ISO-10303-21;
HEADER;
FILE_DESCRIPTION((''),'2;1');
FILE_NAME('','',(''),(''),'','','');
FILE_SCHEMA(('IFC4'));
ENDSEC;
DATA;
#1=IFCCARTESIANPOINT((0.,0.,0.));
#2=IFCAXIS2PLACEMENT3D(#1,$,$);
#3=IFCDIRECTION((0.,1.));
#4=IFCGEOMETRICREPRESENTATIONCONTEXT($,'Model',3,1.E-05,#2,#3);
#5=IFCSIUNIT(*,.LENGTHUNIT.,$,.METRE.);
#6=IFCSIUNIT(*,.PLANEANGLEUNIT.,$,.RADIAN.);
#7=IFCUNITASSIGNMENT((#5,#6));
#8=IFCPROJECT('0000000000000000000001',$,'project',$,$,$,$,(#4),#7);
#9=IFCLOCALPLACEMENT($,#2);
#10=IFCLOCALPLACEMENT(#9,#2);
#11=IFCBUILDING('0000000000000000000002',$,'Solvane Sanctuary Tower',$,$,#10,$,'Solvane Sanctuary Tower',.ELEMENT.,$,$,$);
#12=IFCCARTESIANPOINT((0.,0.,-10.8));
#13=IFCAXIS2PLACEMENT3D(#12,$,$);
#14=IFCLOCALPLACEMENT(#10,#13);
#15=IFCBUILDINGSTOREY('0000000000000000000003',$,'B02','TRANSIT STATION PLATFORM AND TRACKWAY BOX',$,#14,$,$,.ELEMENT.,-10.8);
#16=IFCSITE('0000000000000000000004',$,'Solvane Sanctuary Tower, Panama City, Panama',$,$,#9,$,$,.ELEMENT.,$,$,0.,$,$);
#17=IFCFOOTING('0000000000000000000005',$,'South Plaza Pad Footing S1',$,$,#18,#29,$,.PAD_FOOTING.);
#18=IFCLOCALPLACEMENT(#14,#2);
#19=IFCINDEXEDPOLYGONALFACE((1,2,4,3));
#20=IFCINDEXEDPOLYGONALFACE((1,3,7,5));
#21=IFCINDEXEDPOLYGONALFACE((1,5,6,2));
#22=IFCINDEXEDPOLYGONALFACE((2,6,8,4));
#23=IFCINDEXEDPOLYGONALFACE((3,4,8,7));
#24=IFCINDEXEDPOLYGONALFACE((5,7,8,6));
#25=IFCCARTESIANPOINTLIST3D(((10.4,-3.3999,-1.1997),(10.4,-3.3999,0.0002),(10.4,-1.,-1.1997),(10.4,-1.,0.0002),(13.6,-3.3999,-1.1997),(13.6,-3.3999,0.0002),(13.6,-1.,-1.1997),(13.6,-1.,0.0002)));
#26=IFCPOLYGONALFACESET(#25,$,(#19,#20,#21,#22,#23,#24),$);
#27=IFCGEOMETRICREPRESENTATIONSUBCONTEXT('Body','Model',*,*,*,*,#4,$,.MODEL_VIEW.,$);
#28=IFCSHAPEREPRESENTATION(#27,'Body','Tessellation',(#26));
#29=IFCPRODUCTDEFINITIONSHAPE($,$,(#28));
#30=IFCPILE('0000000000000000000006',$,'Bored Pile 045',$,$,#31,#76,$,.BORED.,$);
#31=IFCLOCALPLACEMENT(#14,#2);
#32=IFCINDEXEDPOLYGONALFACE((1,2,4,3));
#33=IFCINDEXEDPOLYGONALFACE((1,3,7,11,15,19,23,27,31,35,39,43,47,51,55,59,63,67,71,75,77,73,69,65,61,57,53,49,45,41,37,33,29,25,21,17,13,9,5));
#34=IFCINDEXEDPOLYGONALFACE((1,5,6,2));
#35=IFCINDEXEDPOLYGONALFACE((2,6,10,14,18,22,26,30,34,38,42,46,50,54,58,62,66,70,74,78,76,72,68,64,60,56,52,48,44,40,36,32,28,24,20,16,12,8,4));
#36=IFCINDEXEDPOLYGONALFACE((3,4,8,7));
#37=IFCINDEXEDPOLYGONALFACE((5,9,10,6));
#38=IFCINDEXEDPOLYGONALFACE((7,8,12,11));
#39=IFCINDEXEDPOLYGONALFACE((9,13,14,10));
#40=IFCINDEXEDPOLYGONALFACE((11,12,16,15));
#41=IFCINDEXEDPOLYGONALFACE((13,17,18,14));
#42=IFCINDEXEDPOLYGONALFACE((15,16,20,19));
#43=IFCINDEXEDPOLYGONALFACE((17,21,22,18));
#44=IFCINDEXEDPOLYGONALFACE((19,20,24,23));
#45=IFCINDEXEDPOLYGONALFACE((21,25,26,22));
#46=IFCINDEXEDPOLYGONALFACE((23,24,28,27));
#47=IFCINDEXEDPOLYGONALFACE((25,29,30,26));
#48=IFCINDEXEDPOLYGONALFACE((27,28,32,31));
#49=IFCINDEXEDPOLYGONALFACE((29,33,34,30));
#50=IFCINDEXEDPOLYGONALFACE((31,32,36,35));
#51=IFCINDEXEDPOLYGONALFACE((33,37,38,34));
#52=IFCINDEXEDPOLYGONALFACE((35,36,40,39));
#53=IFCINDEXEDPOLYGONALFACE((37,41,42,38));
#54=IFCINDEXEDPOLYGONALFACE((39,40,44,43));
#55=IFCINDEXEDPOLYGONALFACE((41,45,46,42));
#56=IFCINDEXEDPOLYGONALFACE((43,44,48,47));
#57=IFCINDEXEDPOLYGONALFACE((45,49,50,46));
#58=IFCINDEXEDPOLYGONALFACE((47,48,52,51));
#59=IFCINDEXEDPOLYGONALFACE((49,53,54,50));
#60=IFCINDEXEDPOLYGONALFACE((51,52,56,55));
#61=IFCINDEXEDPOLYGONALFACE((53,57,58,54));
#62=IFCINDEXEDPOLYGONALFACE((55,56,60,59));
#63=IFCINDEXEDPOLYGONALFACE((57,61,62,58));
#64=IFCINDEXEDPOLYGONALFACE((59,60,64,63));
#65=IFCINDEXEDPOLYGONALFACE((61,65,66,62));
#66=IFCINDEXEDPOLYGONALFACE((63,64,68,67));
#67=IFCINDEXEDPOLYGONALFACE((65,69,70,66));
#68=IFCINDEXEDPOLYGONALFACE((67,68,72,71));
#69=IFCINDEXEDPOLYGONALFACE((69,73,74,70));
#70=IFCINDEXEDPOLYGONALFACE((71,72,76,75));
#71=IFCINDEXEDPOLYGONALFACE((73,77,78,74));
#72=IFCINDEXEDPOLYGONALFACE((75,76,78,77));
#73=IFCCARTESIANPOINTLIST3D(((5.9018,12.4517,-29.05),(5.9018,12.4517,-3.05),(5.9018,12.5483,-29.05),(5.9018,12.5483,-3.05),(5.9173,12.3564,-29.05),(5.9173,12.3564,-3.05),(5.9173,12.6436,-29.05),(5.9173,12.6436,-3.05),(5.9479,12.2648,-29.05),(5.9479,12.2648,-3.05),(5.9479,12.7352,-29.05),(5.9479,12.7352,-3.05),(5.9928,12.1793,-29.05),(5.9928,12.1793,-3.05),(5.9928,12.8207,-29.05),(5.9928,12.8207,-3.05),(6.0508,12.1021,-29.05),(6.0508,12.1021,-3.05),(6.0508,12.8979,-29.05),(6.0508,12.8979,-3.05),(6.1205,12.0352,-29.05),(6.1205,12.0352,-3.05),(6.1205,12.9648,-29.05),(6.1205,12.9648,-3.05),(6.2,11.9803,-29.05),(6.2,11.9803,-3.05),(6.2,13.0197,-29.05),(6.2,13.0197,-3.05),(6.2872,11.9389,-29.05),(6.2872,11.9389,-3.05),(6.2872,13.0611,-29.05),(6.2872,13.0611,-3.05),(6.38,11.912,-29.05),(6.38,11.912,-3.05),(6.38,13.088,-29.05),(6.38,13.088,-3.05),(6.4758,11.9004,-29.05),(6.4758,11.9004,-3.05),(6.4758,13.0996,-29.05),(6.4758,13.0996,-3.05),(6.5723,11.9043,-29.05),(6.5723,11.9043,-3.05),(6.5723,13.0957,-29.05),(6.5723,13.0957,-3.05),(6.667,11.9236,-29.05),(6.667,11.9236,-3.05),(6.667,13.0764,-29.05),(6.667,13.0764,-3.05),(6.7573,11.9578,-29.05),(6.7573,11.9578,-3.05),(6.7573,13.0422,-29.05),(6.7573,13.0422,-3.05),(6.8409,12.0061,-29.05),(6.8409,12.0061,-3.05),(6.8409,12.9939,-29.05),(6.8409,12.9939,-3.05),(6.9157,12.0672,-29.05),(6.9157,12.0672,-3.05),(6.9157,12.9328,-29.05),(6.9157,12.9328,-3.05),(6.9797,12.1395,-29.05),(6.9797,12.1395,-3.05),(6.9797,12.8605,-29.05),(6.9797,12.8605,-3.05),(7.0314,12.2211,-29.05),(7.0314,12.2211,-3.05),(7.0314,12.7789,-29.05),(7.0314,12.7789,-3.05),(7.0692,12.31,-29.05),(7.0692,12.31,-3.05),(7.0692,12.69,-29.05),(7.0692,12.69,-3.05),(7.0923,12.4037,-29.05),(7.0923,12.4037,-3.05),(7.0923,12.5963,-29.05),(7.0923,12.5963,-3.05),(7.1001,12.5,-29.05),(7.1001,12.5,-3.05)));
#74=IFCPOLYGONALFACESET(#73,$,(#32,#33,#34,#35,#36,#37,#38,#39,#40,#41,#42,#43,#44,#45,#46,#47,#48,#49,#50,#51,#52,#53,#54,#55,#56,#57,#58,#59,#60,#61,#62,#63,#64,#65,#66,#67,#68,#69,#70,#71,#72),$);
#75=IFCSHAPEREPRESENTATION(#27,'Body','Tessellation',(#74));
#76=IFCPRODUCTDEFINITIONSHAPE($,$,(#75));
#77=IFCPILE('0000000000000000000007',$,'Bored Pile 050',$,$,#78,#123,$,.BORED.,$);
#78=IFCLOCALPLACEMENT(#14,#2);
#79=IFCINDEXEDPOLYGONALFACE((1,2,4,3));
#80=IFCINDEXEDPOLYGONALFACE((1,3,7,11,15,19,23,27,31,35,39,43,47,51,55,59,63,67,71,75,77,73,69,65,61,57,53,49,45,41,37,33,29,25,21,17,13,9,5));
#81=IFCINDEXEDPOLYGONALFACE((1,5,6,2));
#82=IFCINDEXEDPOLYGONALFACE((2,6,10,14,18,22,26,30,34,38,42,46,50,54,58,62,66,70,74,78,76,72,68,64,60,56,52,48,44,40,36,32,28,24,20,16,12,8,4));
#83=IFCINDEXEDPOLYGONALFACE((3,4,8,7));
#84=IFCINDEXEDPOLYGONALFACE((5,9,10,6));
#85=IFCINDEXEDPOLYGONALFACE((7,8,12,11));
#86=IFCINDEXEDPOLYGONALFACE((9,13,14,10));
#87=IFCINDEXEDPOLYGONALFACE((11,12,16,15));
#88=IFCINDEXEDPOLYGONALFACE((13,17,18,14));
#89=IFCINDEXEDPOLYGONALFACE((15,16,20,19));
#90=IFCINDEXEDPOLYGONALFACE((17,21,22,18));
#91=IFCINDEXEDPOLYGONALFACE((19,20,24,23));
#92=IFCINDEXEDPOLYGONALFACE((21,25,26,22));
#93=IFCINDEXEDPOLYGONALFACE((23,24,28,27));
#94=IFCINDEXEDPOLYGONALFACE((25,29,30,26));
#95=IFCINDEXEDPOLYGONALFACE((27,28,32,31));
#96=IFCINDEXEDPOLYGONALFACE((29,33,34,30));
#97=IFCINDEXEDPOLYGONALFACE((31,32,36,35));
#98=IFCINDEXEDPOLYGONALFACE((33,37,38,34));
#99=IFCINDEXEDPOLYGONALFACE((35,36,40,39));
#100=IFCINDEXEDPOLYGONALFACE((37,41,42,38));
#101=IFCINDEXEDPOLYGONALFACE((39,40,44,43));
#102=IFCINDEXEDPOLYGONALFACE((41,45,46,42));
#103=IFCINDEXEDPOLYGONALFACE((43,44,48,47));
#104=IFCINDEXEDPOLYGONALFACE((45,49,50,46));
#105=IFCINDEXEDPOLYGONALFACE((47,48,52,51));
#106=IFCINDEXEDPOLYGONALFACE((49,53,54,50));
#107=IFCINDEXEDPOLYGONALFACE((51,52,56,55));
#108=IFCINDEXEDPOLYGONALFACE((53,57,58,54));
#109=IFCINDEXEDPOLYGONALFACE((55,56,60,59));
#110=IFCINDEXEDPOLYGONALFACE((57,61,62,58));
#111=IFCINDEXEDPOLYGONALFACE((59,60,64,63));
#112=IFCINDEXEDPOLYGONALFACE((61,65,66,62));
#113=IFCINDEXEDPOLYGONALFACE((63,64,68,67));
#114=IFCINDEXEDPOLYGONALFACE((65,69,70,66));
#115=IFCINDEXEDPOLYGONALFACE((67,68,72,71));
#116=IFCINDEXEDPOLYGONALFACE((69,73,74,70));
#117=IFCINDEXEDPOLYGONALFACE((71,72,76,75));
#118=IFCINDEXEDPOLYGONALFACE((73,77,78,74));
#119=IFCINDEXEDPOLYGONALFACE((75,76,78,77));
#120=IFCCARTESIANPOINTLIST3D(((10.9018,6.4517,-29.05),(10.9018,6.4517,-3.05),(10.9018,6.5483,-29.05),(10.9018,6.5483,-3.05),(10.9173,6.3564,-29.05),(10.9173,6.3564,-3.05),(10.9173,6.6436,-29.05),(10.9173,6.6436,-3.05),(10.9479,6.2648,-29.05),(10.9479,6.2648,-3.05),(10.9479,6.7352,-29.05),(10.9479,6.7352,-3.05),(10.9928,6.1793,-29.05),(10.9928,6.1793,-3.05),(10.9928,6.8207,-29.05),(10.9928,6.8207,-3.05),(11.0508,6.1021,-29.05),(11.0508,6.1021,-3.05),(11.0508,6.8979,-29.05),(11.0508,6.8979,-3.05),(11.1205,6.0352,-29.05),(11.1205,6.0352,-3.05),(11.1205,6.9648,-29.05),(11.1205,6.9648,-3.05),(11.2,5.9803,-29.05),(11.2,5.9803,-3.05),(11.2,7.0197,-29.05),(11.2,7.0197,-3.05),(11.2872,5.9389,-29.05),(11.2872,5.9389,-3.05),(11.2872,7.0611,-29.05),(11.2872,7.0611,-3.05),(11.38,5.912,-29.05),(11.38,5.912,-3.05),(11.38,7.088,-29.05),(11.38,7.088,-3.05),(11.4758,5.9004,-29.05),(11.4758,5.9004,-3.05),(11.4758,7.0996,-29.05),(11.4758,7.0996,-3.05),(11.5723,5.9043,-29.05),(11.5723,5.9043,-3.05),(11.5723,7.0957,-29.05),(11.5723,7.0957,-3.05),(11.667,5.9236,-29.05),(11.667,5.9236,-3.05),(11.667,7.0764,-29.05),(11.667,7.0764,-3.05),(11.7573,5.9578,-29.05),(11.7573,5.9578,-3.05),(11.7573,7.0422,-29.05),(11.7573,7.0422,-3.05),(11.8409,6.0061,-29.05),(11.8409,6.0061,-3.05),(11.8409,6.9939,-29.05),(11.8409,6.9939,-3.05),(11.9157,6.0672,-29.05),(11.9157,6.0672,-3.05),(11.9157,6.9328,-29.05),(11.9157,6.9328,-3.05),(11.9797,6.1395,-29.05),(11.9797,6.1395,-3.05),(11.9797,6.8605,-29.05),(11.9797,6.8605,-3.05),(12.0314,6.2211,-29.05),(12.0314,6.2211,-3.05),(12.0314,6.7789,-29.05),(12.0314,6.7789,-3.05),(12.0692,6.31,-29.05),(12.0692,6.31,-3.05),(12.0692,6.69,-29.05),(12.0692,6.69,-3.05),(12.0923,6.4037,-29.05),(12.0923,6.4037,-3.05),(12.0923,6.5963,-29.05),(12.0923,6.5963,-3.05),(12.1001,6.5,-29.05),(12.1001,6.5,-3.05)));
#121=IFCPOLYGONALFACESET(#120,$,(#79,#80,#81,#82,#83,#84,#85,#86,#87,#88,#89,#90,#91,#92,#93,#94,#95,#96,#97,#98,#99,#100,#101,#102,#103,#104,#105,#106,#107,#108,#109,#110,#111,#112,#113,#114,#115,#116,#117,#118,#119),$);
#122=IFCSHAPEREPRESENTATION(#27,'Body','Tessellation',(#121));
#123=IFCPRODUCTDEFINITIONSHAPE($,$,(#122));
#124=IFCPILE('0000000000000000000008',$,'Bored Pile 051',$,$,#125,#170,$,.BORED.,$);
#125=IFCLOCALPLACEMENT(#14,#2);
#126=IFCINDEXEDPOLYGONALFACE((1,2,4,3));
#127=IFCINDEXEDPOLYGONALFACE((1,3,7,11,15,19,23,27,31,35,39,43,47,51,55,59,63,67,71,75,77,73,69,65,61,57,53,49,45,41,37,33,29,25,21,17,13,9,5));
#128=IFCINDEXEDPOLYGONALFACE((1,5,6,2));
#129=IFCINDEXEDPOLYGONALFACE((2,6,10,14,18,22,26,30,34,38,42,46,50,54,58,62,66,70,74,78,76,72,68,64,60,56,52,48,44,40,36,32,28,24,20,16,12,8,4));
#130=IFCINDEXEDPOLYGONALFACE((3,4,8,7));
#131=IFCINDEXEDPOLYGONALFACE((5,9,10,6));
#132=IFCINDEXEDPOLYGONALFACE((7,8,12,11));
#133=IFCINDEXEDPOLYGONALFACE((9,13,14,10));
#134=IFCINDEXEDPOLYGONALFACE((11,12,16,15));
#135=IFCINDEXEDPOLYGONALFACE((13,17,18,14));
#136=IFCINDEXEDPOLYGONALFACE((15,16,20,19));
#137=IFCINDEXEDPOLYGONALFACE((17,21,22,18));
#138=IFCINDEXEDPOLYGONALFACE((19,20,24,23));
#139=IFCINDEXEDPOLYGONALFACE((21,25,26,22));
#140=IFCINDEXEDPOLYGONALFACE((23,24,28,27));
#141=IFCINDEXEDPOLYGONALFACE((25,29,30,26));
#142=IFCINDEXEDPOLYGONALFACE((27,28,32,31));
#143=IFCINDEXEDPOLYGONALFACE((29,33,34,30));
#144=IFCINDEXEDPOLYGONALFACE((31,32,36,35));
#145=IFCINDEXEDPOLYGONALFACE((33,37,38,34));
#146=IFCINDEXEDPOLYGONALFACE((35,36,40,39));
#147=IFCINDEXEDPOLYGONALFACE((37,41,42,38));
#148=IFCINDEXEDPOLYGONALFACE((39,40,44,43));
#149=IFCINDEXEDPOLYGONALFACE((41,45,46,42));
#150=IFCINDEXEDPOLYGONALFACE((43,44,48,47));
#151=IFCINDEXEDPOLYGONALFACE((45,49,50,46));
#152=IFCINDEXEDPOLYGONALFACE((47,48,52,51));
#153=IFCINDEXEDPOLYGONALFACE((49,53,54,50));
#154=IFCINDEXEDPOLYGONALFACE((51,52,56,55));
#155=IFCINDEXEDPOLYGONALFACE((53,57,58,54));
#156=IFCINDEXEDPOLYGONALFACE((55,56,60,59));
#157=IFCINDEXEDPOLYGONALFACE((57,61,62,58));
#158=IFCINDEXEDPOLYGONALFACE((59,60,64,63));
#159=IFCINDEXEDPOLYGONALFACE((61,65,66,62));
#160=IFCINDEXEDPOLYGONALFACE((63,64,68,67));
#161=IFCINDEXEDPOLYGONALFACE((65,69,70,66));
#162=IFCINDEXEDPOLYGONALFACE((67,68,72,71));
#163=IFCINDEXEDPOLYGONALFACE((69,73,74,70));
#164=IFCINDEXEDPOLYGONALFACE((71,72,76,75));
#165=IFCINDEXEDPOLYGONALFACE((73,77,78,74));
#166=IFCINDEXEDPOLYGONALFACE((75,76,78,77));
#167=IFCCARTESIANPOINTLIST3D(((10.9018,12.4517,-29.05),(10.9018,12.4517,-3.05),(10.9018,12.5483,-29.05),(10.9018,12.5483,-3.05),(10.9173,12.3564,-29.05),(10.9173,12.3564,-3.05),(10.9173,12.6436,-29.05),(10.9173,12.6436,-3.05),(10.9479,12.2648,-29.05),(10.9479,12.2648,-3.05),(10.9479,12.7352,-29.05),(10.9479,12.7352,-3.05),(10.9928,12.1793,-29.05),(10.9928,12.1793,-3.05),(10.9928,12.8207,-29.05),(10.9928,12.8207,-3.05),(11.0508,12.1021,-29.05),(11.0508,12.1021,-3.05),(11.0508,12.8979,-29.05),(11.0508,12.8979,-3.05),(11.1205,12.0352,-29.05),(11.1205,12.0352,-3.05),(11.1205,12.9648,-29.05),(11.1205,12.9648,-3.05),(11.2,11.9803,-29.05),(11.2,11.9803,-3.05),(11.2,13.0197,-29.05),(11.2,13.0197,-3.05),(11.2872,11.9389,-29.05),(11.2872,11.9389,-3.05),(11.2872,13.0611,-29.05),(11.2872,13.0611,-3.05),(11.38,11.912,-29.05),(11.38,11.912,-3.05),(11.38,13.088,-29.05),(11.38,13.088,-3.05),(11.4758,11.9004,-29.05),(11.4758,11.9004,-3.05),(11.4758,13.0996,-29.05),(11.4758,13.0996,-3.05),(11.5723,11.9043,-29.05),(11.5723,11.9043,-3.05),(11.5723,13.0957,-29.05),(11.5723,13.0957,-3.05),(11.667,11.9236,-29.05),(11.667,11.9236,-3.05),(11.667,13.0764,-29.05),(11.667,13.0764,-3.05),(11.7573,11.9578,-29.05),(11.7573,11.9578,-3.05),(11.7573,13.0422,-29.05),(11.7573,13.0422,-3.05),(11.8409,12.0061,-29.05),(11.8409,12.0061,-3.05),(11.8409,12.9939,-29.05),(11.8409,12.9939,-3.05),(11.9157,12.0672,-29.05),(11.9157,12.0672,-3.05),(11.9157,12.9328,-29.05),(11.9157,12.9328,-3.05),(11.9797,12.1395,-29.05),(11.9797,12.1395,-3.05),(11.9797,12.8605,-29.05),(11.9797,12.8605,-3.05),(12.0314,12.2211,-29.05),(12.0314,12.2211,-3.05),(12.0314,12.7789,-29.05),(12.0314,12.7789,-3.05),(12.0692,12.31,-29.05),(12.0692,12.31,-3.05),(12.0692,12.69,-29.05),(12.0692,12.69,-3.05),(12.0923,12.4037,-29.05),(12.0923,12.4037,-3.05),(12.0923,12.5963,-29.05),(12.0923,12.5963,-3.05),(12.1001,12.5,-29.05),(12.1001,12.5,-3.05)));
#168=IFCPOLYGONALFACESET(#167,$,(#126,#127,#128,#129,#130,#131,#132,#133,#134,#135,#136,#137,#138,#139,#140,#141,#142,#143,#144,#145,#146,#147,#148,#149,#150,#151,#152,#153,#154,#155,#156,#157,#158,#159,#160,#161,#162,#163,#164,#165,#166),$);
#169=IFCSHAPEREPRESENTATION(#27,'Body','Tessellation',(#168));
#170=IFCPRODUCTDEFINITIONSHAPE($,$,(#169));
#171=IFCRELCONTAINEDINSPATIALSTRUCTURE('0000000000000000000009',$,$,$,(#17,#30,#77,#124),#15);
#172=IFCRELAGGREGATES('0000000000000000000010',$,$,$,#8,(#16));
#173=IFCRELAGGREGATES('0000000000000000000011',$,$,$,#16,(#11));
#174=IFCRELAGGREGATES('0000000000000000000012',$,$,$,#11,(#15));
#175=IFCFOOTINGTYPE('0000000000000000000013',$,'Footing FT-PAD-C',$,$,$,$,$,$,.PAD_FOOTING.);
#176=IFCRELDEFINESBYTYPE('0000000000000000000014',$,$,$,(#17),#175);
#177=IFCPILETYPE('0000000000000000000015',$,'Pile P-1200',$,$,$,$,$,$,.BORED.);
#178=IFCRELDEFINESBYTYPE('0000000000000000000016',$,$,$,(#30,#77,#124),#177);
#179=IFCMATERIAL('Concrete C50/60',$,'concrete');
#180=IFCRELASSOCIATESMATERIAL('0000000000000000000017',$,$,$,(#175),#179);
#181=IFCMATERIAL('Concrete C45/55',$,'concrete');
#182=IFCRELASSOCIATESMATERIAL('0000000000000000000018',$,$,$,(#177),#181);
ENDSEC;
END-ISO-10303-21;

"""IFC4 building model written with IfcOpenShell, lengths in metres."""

from ifc_helpers import new_model, si_unit, direction, frame, origin, origin_2d, place, context, subcontext, project, spatial, rectangle, circle, extrude, material, material_profile, profile_set, type_object, element, save


model = new_model("IFC4")

# Units and contexts
model_context = context("Model", 3, precision=1e-05, world=origin(), true_north=direction((0.0, 1.0)))
body_context = subcontext(model_context, "Body", "Model", "MODEL_VIEW")
ifc_project = project(units=[si_unit("LENGTHUNIT", "METRE"), si_unit("PLANEANGLEUNIT", "RADIAN")], contexts=[model_context])

# Site, building, storey
site_placement = place(None, origin())
site = spatial("IfcSite", under=ifc_project, at=site_placement, Name="Solvane Sanctuary Tower, Panama City, Panama", CompositionType="ELEMENT", RefElevation=0.0)
building_placement = place(site_placement, origin())
building = spatial("IfcBuilding", under=site, at=building_placement, Name="Solvane Sanctuary Tower", LongName="Solvane Sanctuary Tower", CompositionType="ELEMENT")
storey_placement = place(building_placement, frame((0.0, 0.0, -10.8)))
storey = spatial("IfcBuildingStorey", under=building, at=storey_placement, Name="B02", Description="TRANSIT STATION PLATFORM AND TRACKWAY BOX", CompositionType="ELEMENT", Elevation=-10.8)

# Footing
ifc_material_1 = material(Name="Concrete C50/60", Category="concrete")
footing_type = type_object("IfcFootingType", Name="Footing FT-PAD-C", PredefinedType="PAD_FOOTING", material=ifc_material_1)
footing_placement = place(storey_placement, frame((12.0, -2.2, -1.1997), z_axis=(0.0, 0.0, 1.0), x_axis=(1.0, 0.0, 0.0)))
element("IfcFooting", 1, at=footing_placement, inside=storey, type_object=footing_type, Name="South Plaza Pad Footing S1", PredefinedType="PAD_FOOTING", context=body_context, shape_type="SweptSolid", body=[
    extrude(rectangle(XDim=3.2, YDim=2.3999, at=origin_2d()), origin(), (0.0, 0.0, 1.0), 1.2),
])

# Piles
ifc_material_2 = material(Name="Concrete C45/55", Category="concrete")
ifc_material_profile_1 = material_profile(ifc_material_2, circle(Radius=0.6001, at=origin_2d()), Name="PILE1200")
ifc_profile_set_1 = profile_set([ifc_material_profile_1], Name="Concrete C45/55")
pile_type_1 = type_object("IfcPileType", Name="Pile P-1200", PredefinedType="BORED", material=ifc_profile_set_1)
for number, where, z_axis, x_axis, name in (
    (2, (6.5, 12.5, -3.05), (0.0, 0.0, -1.0), (1.0, 0.0, 0.0), "Bored Pile 045"),
    (3, (11.5, 6.5, -3.05), (0.0, 0.0, -1.0), (1.0, 0.0, 0.0), "Bored Pile 050"),
    (4, (11.5, 12.5, -3.05), (0.0, 0.0, -1.0), (1.0, 0.0, 0.0), "Bored Pile 051"),
):
    element("IfcPile", number, at=place(storey_placement, frame(where, z_axis=z_axis, x_axis=x_axis)), inside=storey, type_object=pile_type_1, Name=name, PredefinedType="BORED", context=body_context, shape_type="SweptSolid", body=[
        extrude(circle(Radius=0.6001, at=origin_2d()), origin(), (0.0, 0.0, 1.0), 26.0),
    ])

save(model, "model.ifc")
